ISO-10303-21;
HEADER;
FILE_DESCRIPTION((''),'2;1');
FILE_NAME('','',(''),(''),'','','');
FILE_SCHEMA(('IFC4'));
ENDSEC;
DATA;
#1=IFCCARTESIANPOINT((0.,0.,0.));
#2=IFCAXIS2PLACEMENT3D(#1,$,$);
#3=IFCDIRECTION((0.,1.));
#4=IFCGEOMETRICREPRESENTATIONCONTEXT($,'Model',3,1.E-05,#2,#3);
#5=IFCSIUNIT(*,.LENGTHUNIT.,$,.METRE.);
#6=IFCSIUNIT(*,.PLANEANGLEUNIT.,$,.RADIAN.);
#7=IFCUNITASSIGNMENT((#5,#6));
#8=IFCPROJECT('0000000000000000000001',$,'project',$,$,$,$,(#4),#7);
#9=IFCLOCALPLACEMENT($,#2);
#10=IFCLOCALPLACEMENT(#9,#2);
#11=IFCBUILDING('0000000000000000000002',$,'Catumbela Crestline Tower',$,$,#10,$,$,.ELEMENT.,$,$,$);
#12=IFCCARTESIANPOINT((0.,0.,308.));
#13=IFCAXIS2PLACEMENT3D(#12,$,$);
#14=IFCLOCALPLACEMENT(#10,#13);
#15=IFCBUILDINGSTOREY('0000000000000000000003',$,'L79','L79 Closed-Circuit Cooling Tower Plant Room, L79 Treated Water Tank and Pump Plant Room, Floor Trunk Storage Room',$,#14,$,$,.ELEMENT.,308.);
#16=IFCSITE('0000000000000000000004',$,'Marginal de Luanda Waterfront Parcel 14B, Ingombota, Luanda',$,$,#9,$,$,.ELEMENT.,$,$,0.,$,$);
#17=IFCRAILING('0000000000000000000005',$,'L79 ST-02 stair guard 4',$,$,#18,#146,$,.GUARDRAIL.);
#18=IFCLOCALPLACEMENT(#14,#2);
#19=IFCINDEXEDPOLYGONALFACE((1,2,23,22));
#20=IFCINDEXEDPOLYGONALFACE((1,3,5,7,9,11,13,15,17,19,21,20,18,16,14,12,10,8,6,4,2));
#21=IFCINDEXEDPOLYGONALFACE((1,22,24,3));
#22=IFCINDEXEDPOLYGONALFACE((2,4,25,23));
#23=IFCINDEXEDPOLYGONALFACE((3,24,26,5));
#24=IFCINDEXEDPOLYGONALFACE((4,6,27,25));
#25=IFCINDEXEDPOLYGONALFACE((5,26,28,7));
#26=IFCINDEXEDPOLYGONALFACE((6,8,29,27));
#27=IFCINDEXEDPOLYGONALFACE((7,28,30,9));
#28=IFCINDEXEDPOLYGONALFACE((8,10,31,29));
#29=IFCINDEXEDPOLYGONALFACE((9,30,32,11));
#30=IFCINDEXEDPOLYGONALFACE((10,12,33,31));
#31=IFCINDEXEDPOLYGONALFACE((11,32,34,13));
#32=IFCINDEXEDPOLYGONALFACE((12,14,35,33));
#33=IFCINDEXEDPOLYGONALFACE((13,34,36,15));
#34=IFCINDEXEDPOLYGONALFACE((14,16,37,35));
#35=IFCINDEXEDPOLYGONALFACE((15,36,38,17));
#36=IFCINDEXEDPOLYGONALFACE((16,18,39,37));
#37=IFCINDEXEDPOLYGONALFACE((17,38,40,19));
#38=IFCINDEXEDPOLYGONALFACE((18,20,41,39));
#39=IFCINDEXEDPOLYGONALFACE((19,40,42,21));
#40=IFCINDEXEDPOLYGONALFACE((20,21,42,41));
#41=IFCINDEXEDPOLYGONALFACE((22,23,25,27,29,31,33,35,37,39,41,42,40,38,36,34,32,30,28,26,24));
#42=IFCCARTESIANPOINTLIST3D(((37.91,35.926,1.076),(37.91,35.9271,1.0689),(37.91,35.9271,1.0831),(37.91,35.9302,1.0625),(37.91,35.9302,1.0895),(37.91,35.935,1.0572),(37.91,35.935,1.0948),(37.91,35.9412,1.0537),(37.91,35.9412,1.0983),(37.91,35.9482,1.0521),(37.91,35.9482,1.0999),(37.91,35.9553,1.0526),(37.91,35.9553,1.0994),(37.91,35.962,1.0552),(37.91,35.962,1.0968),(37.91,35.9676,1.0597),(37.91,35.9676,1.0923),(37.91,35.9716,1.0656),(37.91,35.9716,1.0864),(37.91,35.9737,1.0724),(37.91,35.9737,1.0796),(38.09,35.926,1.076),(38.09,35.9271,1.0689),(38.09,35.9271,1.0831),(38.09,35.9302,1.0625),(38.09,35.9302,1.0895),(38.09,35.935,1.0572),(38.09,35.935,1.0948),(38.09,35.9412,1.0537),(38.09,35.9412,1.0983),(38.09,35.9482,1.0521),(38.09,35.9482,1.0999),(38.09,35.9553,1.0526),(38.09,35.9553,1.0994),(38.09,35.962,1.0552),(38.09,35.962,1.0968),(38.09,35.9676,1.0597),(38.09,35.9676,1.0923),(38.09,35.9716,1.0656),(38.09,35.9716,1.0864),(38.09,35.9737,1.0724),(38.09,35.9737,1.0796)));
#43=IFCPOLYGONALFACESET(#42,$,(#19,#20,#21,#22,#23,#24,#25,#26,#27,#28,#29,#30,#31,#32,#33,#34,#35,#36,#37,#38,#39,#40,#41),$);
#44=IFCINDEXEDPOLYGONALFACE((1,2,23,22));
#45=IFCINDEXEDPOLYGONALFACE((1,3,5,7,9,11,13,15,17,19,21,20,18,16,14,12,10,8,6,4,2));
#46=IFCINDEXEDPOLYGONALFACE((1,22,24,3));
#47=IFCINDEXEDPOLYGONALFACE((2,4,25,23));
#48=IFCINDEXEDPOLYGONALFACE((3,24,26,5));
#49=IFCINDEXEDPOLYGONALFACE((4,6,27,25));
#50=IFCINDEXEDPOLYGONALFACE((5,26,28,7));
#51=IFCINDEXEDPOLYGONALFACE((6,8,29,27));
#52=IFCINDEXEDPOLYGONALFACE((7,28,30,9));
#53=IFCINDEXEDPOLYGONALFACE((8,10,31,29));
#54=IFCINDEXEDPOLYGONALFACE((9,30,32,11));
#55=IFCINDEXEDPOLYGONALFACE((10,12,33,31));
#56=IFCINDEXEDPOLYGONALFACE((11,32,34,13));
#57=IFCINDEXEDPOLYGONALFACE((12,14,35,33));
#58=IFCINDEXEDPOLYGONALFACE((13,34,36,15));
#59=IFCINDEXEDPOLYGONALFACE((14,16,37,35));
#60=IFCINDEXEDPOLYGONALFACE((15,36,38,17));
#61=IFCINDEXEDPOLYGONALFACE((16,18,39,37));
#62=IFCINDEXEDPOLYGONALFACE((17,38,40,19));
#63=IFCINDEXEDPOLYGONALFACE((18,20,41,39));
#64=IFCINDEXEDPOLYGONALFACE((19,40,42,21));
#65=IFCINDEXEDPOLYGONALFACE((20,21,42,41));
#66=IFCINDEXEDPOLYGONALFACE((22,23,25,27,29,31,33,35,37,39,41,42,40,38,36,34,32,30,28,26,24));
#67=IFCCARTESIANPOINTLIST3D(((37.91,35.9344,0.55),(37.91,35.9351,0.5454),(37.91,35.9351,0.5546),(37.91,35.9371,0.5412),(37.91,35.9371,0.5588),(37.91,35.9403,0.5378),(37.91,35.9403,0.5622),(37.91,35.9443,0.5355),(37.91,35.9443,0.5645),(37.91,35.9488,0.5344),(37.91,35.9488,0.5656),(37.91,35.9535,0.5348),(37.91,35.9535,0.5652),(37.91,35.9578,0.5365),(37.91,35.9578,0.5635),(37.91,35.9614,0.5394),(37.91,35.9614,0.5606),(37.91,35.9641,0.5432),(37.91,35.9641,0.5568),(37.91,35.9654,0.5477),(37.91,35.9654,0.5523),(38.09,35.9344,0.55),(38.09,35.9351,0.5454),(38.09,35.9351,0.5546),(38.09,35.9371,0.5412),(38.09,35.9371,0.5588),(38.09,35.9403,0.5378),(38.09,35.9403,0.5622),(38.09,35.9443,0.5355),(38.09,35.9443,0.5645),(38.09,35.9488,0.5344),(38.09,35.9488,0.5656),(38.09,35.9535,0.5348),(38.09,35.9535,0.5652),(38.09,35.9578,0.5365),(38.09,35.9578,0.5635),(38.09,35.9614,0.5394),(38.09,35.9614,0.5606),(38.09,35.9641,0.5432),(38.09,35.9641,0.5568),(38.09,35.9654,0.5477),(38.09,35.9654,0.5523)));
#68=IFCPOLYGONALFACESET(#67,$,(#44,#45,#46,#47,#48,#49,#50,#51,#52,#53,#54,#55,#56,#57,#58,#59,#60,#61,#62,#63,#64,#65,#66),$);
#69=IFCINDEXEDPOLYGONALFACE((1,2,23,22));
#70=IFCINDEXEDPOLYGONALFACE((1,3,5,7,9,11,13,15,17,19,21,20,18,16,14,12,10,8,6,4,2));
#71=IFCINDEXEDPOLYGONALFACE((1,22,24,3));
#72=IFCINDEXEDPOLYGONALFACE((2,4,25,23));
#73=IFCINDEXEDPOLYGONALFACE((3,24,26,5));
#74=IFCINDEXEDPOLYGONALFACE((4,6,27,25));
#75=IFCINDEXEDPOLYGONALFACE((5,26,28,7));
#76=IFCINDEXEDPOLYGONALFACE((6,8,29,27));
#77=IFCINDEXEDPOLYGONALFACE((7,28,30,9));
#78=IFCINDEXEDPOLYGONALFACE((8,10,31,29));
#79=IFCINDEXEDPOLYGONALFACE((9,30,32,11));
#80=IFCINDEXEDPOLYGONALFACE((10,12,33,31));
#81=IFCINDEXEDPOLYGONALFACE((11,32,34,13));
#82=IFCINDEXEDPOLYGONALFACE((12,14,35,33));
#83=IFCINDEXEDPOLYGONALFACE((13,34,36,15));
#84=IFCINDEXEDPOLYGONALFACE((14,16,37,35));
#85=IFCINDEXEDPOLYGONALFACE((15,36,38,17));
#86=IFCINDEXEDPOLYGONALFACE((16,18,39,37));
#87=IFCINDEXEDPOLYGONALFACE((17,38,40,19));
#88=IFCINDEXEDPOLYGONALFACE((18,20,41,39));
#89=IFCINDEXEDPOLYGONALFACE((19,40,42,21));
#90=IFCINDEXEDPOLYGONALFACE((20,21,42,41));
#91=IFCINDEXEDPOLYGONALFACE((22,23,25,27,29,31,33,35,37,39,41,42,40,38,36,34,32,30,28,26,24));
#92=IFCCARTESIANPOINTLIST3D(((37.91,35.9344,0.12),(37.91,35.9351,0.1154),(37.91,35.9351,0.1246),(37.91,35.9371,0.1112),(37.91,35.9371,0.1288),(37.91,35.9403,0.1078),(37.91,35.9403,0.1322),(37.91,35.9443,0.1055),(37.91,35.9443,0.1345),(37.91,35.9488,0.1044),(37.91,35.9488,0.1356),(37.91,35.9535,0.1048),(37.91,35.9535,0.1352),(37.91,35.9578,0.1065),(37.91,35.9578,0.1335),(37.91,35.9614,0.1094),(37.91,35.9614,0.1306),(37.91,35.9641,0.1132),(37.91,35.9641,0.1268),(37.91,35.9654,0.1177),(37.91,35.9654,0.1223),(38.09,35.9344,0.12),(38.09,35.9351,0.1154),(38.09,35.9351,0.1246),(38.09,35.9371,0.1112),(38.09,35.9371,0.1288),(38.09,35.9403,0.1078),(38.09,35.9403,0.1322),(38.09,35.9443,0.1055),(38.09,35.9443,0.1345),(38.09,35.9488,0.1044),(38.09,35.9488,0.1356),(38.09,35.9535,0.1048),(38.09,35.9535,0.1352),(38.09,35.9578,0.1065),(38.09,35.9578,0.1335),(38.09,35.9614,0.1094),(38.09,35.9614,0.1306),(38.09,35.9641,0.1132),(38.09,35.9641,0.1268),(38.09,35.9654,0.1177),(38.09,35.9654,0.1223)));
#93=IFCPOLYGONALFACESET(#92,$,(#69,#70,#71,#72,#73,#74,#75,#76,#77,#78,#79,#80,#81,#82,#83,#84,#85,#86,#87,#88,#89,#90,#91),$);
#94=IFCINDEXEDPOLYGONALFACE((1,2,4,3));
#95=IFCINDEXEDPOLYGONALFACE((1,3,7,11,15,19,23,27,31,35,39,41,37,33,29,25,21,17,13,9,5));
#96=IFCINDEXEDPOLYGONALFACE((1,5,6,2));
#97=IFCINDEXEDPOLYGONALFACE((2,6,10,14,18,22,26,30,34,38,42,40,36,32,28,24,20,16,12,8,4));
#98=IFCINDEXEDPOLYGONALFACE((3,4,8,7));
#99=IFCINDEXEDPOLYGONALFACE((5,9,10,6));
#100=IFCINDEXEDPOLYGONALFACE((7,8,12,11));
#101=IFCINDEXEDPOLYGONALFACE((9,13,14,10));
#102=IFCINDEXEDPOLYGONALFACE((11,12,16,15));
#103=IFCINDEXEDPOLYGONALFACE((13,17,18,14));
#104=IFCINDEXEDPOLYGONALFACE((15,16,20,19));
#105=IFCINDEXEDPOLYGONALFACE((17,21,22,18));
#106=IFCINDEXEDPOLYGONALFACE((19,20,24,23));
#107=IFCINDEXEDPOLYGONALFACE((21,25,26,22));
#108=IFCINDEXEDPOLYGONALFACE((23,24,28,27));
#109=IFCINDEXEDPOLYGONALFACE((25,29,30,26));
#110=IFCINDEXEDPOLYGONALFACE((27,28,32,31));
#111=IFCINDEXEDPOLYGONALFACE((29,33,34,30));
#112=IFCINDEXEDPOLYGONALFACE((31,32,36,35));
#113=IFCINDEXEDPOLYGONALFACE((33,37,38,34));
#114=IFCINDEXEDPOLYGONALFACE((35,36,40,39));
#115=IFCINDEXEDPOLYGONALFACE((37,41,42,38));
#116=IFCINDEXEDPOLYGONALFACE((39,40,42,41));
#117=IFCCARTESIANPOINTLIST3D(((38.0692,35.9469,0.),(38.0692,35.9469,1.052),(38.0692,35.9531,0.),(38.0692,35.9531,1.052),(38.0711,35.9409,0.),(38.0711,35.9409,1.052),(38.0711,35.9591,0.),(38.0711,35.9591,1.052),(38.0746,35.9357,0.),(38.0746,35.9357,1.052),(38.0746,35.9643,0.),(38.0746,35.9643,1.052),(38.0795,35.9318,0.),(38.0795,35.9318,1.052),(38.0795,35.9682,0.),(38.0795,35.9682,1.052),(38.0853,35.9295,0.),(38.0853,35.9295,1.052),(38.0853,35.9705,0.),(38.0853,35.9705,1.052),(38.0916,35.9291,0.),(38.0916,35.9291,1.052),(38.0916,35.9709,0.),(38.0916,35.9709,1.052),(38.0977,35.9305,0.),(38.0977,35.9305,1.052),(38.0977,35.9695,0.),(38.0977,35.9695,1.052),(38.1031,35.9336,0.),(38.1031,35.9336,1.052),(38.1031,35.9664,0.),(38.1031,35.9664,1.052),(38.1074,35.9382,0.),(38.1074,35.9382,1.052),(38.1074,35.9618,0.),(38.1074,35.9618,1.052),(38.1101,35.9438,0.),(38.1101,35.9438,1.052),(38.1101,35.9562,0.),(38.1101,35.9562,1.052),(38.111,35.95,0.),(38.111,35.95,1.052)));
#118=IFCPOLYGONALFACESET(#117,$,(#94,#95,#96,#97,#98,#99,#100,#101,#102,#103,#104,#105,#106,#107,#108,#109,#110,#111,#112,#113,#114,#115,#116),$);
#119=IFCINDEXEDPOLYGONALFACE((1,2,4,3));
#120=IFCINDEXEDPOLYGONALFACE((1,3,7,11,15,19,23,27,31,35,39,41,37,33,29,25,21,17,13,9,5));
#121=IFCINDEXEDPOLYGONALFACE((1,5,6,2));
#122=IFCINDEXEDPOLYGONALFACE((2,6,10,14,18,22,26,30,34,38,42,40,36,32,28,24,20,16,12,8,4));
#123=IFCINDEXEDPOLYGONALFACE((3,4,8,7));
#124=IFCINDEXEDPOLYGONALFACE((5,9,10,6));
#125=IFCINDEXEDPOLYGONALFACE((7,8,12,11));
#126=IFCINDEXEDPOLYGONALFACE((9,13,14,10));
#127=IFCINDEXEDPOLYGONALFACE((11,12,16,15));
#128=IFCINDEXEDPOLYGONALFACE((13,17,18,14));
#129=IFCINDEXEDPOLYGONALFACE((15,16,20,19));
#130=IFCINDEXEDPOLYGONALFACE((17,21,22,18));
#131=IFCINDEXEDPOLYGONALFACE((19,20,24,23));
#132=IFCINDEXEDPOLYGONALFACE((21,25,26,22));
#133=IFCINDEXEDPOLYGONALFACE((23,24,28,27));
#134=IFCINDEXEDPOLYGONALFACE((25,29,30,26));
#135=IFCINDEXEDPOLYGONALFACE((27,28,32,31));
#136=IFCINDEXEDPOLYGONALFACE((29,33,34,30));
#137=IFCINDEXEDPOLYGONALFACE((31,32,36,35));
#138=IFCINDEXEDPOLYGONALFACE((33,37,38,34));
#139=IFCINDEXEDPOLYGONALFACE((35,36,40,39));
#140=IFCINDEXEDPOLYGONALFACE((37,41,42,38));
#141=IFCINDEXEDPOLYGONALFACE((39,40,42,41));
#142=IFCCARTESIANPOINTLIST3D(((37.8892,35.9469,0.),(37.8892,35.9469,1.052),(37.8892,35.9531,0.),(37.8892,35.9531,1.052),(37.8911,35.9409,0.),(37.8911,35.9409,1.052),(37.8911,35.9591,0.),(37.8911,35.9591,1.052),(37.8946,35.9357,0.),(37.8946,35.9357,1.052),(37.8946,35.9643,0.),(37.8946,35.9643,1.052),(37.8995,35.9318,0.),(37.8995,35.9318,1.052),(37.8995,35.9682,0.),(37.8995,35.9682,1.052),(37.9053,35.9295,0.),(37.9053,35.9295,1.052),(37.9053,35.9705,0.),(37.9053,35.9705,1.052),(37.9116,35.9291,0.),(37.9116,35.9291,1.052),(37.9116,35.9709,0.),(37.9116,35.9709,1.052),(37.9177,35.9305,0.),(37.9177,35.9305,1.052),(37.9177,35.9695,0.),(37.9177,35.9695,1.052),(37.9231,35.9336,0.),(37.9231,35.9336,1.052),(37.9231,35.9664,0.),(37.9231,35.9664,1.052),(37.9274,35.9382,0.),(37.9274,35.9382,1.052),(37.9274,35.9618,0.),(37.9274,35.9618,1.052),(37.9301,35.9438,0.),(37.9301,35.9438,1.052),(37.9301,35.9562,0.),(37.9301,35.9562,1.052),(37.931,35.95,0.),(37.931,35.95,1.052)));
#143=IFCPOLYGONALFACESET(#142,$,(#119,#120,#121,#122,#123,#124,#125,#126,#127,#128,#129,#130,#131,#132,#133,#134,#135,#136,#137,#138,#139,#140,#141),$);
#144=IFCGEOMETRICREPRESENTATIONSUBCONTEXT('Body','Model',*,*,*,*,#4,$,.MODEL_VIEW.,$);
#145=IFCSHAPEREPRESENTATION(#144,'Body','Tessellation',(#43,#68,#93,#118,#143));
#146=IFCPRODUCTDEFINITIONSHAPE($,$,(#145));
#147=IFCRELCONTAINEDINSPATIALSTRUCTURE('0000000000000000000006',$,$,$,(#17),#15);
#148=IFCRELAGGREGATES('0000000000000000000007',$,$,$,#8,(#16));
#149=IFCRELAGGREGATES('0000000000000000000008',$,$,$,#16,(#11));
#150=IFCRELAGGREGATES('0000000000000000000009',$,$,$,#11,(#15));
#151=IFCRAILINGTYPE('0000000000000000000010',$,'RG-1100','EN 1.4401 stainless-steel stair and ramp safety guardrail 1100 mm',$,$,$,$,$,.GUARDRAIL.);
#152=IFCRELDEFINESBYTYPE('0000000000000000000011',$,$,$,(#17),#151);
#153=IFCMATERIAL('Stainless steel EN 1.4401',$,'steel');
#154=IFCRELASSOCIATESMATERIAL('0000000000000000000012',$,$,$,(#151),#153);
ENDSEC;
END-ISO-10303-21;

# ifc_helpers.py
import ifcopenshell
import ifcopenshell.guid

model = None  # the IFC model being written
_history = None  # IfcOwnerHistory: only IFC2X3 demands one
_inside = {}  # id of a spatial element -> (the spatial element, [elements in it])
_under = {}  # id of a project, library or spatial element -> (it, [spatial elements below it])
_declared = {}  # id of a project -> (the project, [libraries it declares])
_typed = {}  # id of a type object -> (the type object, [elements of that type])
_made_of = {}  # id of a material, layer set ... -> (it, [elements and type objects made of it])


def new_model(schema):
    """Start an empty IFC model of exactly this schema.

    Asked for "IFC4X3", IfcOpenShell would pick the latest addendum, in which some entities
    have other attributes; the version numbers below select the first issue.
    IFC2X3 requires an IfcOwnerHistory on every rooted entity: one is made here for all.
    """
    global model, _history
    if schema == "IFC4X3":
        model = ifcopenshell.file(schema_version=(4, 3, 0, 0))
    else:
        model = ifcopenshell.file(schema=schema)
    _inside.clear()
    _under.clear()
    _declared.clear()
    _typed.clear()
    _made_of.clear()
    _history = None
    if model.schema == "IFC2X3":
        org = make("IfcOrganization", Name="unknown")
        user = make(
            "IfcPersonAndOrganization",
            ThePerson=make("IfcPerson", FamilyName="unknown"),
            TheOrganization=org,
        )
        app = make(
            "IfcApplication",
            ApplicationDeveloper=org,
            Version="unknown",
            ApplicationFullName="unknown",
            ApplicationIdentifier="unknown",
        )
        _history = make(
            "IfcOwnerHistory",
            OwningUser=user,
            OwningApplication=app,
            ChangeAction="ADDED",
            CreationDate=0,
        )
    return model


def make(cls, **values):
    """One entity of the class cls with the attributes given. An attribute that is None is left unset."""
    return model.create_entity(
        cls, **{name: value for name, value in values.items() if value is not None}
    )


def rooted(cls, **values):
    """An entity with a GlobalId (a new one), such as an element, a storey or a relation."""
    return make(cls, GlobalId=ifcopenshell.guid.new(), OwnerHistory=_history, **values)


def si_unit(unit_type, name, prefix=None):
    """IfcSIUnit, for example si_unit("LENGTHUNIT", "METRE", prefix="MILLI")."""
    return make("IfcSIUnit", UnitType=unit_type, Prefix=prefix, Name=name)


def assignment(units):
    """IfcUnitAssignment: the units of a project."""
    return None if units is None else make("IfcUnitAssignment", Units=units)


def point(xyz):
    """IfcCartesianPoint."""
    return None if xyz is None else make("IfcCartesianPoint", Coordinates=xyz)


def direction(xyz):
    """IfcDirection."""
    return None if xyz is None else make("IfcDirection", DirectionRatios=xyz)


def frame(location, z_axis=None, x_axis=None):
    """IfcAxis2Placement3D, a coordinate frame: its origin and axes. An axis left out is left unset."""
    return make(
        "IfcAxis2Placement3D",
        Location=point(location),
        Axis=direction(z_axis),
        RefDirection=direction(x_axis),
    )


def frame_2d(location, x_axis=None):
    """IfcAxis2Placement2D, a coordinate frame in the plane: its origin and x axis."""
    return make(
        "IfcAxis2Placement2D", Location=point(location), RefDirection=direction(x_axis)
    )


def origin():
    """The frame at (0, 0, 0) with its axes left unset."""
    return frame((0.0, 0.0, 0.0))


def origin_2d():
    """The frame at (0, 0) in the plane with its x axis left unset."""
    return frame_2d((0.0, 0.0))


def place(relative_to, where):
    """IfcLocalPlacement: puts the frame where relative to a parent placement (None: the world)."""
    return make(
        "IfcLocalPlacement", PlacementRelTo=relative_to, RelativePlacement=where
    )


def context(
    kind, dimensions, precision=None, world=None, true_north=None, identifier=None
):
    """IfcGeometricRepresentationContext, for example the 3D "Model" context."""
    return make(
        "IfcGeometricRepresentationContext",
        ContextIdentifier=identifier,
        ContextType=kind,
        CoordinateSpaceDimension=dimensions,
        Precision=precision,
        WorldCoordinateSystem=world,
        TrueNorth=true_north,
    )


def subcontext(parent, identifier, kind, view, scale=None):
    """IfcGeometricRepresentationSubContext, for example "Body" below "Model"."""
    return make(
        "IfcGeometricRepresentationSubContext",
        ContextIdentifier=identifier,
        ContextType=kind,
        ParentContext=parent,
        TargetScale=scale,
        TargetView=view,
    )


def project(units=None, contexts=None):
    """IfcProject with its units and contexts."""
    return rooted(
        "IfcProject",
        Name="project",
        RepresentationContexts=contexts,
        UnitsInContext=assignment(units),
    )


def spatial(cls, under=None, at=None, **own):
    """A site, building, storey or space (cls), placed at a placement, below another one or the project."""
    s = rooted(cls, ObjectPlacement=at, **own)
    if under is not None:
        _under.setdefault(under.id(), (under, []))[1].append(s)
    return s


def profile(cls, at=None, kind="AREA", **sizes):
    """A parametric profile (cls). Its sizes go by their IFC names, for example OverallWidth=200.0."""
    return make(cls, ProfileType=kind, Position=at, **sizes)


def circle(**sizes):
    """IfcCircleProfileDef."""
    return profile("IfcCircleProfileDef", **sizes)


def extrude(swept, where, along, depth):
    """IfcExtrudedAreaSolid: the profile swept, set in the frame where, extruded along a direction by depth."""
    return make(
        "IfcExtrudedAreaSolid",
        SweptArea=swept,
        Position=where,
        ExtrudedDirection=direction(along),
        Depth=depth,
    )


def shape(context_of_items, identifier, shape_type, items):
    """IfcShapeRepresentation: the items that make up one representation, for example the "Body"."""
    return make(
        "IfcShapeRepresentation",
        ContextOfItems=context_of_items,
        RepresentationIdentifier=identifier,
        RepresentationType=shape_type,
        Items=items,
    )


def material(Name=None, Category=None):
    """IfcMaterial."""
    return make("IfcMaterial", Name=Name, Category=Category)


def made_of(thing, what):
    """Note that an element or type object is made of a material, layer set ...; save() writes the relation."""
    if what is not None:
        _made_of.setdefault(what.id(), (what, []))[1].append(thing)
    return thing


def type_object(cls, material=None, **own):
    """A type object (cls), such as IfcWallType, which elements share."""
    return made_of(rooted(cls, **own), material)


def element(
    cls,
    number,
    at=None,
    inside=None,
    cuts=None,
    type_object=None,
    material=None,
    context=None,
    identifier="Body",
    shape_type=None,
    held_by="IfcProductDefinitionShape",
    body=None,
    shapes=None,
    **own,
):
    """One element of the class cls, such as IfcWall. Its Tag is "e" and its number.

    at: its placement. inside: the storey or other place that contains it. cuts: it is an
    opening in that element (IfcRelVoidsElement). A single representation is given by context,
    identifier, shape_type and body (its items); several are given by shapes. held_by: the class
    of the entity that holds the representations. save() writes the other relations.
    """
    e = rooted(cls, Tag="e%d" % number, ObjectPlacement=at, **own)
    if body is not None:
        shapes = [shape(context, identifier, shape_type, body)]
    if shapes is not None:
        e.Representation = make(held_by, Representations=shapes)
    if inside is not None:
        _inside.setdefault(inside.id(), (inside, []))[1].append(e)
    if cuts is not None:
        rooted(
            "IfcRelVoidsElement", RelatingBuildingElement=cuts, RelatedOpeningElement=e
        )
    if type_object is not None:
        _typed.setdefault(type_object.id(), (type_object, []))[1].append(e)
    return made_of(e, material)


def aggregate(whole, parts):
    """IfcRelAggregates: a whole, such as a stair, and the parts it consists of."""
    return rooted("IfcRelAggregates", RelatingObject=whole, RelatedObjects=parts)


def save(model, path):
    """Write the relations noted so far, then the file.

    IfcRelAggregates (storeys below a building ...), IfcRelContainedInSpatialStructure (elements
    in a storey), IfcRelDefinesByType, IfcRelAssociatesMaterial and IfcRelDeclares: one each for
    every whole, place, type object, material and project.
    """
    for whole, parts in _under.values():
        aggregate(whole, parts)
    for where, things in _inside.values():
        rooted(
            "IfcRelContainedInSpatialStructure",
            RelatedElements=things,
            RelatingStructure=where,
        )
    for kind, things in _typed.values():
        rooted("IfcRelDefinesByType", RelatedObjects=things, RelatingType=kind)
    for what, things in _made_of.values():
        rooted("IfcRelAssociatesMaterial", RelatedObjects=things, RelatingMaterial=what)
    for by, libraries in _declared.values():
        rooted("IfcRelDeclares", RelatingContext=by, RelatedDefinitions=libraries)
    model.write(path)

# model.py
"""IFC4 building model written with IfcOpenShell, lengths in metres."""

from ifc_helpers import new_model, si_unit, direction, frame, origin, origin_2d, place, context, subcontext, project, spatial, circle, extrude, material, type_object, element, save


model = new_model("IFC4")

# Units and contexts
model_context = context("Model", 3, precision=1e-05, world=origin(), true_north=direction((0.0, 1.0)))
body_context = subcontext(model_context, "Body", "Model", "MODEL_VIEW")
ifc_project = project(units=[si_unit("LENGTHUNIT", "METRE"), si_unit("PLANEANGLEUNIT", "RADIAN")], contexts=[model_context])

# Site, building, storey
site_placement = place(None, origin())
site = spatial("IfcSite", under=ifc_project, at=site_placement, Name="Marginal de Luanda Waterfront Parcel 14B, Ingombota, Luanda", CompositionType="ELEMENT", RefElevation=0.0)
building_placement = place(site_placement, origin())
building = spatial("IfcBuilding", under=site, at=building_placement, Name="Catumbela Crestline Tower", CompositionType="ELEMENT")
storey_placement = place(building_placement, frame((0.0, 0.0, 308.0)))
storey = spatial("IfcBuildingStorey", under=building, at=storey_placement, Name="L79", Description="L79 Closed-Circuit Cooling Tower Plant Room, L79 Treated Water Tank and Pump Plant Room, Floor Trunk Storage Room", CompositionType="ELEMENT", Elevation=308.0)

# Shared definitions
ifc_material_1 = material(Name="Stainless steel EN 1.4401", Category="steel")

# Railing
railing_type_1 = type_object("IfcRailingType", Name="RG-1100", Description="EN 1.4401 stainless-steel stair and ramp safety guardrail 1100 mm", PredefinedType="GUARDRAIL", material=ifc_material_1)
railing_1_placement = place(storey_placement, frame((38.09, 35.95, 0.0)))
element("IfcRailing", 1, at=railing_1_placement, inside=storey, type_object=railing_type_1, Name="L79 ST-02 stair guard 4", PredefinedType="GUARDRAIL", context=body_context, shape_type="SweptSolid", body=[
    extrude(circle(Radius=0.024, at=origin_2d()), frame((0.0, 0.0, 1.076), z_axis=(-1.0, 0.0, 0.0), x_axis=(0.0, -1.0, 0.0)), (0.0, 0.0, 1.0), 0.18),
    extrude(circle(Radius=0.0156, at=origin_2d()), frame((0.0, 0.0, 0.55), z_axis=(-1.0, 0.0, 0.0), x_axis=(0.0, -1.0, 0.0)), (0.0, 0.0, 1.0), 0.18),
    extrude(circle(Radius=0.0156, at=origin_2d()), frame((0.0, 0.0, 0.12), z_axis=(-1.0, 0.0, 0.0), x_axis=(0.0, -1.0, 0.0)), (0.0, 0.0, 1.0), 0.18),
    extrude(circle(Radius=0.021, at=origin_2d()), origin(), (0.0, 0.0, 1.0), 1.052),
    extrude(circle(Radius=0.021, at=origin_2d()), frame((-0.18, 0.0, 0.0)), (0.0, 0.0, 1.0), 1.052),
])

save(model, "model.ifc")
